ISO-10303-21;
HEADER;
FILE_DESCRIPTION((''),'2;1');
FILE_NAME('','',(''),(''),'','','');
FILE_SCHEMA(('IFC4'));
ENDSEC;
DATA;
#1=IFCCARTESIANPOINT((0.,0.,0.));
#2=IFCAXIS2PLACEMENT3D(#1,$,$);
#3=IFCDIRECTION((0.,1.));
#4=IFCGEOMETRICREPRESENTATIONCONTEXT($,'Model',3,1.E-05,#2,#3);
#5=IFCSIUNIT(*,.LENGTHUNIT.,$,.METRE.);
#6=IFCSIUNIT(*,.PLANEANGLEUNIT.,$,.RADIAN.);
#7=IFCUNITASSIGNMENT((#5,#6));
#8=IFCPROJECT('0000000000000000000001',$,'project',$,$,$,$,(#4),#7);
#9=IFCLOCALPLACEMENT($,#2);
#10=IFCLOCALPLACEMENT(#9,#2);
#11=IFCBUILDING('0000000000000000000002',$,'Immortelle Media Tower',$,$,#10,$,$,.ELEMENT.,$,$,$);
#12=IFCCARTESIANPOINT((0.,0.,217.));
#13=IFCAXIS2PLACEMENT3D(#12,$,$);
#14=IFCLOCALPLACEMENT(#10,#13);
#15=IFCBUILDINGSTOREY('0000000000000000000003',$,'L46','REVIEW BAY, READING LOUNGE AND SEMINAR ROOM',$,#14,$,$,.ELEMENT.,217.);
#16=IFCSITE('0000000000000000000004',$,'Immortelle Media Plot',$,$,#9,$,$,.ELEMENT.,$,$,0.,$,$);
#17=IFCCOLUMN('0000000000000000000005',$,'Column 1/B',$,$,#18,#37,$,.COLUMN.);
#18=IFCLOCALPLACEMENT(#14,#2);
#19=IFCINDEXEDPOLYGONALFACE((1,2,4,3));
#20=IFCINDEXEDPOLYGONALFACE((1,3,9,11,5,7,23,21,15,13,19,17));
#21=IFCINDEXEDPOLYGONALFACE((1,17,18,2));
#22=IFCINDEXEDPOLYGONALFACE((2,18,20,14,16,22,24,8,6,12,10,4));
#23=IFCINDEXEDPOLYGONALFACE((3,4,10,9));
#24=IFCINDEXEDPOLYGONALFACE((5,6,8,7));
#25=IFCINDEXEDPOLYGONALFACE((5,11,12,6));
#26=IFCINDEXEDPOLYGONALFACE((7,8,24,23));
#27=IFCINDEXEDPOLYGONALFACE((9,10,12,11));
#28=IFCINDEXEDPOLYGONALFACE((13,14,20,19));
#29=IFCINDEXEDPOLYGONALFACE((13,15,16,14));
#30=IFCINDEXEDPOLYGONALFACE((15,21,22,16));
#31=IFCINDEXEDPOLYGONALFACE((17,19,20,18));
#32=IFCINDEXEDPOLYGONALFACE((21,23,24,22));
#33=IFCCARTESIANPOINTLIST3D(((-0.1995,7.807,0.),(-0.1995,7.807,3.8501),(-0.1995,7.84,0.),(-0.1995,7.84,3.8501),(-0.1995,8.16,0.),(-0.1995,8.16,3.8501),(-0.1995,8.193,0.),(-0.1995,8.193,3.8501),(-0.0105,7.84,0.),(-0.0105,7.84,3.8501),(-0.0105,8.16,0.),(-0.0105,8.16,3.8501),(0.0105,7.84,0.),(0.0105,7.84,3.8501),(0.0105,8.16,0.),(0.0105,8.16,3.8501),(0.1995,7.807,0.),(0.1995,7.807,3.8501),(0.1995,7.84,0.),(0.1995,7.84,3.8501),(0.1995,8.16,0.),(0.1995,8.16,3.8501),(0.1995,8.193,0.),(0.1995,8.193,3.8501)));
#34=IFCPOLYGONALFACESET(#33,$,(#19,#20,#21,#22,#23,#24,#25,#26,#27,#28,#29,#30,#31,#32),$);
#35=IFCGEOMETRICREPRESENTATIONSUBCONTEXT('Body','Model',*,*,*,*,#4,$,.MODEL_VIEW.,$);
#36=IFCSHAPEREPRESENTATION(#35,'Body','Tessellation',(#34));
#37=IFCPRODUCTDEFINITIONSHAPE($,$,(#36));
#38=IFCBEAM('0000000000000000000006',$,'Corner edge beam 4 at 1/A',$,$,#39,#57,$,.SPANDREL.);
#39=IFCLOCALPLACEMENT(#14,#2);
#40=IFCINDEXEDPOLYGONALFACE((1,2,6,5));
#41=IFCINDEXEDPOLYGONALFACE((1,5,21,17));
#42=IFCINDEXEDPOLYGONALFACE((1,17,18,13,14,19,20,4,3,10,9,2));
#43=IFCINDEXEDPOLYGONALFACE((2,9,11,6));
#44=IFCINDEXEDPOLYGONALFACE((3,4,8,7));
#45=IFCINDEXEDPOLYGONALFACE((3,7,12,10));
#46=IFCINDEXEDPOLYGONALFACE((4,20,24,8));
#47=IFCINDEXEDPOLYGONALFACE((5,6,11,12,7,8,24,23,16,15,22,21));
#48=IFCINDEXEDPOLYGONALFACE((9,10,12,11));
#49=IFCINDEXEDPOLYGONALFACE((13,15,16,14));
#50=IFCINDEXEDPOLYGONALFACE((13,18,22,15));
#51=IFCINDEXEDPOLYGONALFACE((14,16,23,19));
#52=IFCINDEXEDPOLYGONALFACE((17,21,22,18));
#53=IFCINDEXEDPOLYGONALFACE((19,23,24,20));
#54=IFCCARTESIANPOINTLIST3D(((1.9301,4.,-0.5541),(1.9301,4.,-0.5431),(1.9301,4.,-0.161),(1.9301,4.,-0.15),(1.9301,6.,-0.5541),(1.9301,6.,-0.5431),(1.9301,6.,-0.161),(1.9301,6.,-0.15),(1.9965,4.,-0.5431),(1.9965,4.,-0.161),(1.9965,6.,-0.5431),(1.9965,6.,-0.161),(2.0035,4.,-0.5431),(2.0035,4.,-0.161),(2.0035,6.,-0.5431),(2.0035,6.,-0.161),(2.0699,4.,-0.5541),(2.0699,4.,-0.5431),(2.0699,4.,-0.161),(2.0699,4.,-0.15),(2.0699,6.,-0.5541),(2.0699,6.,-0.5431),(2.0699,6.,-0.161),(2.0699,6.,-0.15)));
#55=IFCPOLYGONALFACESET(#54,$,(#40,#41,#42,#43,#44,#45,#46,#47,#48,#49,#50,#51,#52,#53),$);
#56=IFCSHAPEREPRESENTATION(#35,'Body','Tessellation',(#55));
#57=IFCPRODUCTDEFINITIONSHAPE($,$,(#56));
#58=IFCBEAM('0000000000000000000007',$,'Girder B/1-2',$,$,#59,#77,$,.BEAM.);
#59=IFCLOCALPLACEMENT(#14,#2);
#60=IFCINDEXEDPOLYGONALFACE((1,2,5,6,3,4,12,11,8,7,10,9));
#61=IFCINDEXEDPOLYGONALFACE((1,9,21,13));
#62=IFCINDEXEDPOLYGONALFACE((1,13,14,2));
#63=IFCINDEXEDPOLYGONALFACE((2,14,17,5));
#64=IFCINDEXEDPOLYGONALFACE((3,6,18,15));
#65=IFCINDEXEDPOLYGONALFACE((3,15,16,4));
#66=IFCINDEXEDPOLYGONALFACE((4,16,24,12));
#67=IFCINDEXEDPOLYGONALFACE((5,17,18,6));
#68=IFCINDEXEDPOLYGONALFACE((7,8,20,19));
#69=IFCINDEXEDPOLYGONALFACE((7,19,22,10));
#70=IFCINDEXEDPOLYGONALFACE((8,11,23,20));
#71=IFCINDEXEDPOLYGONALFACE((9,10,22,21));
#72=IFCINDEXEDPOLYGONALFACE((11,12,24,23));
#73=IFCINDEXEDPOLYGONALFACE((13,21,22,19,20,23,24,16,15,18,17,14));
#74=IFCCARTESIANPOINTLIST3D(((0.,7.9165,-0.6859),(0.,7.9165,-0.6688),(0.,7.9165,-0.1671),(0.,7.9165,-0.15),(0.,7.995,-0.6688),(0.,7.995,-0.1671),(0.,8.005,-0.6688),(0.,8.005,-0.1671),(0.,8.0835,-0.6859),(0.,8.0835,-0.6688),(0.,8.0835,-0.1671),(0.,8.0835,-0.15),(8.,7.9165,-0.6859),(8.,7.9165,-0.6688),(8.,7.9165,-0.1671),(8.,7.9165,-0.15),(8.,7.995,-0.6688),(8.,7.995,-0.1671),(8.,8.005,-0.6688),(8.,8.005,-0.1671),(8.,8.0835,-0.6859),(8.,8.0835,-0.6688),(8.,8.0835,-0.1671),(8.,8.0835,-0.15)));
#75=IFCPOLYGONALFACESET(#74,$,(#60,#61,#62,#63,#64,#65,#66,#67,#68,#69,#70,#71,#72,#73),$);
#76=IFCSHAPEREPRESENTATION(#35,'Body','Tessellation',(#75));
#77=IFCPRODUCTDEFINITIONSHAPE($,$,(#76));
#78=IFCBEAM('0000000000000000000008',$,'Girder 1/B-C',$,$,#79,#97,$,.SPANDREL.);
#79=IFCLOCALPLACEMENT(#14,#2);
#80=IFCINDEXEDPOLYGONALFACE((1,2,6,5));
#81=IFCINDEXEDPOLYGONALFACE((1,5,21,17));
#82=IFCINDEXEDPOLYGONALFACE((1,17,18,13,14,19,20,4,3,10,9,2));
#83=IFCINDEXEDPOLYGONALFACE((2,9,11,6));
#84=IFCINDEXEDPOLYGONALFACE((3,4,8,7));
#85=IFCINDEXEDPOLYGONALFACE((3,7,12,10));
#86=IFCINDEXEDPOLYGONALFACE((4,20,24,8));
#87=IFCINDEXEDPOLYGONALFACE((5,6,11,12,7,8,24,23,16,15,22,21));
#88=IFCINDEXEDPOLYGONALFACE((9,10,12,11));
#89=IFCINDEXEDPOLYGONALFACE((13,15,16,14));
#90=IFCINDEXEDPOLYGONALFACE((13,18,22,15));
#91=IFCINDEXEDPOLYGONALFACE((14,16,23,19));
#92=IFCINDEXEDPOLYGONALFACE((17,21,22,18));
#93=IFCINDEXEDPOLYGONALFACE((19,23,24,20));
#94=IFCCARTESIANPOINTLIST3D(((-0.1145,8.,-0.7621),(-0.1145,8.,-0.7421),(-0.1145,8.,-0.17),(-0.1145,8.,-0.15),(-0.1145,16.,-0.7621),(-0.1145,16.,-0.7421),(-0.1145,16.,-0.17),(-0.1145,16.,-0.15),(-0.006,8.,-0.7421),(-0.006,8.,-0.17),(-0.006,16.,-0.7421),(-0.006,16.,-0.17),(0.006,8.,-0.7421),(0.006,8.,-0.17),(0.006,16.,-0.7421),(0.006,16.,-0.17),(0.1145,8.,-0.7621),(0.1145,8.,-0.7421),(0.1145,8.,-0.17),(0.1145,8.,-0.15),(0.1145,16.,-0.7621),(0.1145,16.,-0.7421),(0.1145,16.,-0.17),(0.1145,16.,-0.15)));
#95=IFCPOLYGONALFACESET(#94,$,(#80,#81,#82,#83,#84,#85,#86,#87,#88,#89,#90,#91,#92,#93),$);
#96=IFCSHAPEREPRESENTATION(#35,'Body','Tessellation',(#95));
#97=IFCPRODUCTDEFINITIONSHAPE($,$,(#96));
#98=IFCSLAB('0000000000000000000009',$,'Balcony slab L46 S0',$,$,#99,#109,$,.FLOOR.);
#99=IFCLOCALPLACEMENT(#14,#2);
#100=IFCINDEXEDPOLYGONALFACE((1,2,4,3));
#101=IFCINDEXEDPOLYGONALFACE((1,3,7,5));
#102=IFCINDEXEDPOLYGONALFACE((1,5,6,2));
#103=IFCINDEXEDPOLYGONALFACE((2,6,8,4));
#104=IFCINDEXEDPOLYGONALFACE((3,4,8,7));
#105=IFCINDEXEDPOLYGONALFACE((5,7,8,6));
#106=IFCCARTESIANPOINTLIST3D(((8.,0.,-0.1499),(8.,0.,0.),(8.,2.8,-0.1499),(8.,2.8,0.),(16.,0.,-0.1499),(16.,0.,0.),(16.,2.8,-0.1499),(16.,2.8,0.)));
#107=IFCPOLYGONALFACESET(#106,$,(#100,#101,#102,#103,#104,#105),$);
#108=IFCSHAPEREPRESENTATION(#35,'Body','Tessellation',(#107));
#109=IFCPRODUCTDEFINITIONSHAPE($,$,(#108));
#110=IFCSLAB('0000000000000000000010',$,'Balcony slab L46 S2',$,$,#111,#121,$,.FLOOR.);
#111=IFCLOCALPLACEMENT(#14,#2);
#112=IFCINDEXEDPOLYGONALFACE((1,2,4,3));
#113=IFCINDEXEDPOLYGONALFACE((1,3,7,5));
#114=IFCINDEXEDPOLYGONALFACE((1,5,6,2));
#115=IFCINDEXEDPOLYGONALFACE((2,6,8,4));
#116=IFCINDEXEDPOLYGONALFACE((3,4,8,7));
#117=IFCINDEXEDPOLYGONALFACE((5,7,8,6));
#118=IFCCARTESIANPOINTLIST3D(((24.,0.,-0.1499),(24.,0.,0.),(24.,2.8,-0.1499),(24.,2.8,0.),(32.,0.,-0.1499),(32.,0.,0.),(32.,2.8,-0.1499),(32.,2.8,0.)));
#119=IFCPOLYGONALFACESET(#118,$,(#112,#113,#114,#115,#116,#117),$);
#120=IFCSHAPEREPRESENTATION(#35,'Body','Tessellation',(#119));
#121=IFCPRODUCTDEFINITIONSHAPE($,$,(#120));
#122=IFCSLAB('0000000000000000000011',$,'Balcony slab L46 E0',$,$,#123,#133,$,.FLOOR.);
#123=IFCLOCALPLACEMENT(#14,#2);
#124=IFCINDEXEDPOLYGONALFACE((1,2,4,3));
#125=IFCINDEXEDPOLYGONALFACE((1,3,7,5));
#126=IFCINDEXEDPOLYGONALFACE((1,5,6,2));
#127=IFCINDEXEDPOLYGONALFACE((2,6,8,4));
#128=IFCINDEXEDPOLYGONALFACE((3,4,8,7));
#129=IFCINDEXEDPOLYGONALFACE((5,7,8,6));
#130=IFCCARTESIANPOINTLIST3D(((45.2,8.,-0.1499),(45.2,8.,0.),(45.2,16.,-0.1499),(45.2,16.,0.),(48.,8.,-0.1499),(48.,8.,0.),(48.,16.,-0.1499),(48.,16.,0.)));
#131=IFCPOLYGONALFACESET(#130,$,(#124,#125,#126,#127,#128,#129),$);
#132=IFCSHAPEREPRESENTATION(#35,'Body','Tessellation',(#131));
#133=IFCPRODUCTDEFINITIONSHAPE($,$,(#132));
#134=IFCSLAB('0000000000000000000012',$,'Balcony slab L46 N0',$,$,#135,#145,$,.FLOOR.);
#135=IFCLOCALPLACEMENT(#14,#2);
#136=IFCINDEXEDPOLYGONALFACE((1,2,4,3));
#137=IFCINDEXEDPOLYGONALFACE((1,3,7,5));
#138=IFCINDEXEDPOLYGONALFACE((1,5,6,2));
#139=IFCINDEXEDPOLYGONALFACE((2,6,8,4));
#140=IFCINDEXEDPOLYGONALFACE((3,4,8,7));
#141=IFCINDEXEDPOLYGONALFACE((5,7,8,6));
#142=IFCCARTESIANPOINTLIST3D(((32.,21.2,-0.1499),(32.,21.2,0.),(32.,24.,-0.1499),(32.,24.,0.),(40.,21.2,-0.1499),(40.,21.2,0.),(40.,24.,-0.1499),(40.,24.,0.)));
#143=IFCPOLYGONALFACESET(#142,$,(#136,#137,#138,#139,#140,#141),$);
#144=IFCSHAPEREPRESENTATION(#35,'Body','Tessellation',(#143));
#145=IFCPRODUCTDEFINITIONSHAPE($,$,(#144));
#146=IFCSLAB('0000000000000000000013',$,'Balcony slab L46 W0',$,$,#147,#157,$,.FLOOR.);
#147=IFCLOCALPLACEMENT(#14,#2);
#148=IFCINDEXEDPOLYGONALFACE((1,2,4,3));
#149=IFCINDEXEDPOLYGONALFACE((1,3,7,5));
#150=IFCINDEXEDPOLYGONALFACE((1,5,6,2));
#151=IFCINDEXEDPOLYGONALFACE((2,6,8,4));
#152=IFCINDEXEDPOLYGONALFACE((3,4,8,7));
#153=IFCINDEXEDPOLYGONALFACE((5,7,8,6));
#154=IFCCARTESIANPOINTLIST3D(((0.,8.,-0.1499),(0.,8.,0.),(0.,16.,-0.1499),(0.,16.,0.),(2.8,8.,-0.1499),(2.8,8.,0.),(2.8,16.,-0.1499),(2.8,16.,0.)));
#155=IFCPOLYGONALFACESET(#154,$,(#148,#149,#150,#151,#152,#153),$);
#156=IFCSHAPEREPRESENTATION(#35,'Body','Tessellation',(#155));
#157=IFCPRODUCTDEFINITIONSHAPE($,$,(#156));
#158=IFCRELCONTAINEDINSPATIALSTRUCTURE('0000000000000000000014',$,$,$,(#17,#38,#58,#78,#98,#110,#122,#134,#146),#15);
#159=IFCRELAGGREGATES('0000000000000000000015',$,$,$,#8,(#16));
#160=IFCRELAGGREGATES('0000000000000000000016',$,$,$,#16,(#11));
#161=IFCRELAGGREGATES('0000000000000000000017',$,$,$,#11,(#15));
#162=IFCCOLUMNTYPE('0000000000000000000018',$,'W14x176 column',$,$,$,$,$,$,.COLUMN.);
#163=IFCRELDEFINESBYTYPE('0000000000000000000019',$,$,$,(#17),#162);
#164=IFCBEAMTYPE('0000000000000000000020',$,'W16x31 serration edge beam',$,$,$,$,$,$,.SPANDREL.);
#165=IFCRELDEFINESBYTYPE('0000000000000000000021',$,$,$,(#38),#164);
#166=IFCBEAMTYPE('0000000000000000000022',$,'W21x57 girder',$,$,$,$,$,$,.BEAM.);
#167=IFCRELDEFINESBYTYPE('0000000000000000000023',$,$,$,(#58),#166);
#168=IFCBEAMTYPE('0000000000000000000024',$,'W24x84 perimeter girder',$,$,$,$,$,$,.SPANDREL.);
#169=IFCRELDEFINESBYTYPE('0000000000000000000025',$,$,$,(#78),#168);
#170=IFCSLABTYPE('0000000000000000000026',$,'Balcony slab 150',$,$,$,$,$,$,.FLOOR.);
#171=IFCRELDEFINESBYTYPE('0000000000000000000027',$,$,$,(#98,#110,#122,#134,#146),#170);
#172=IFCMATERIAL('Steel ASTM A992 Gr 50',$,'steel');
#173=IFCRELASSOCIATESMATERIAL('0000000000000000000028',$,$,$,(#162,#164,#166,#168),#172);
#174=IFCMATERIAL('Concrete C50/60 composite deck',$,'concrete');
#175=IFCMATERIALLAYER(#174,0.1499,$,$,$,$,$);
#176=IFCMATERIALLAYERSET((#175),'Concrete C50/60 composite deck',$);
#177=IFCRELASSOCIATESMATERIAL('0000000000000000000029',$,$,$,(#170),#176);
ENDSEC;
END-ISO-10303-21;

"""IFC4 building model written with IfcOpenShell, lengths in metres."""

from ifc_helpers import new_model, si_unit, direction, frame, origin, origin_2d, place, context, subcontext, project, spatial, polyline, i_section, outline, extrude, material, layer, layer_set, material_profile, profile_set, type_object, element, save


model = new_model("IFC4")

# Units and contexts
model_context = context("Model", 3, precision=1e-05, world=origin(), true_north=direction((0.0, 1.0)))
body_context = subcontext(model_context, "Body", "Model", "MODEL_VIEW")
ifc_project = project(units=[si_unit("LENGTHUNIT", "METRE"), si_unit("PLANEANGLEUNIT", "RADIAN")], contexts=[model_context])

# Site, building, storey
site_placement = place(None, origin())
site = spatial("IfcSite", under=ifc_project, at=site_placement, Name="Immortelle Media Plot", CompositionType="ELEMENT", RefElevation=0.0)
building_placement = place(site_placement, origin())
building = spatial("IfcBuilding", under=site, at=building_placement, Name="Immortelle Media Tower", CompositionType="ELEMENT")
storey_placement = place(building_placement, frame((0.0, 0.0, 217.0)))
storey = spatial("IfcBuildingStorey", under=building, at=storey_placement, Name="L46", Description="REVIEW BAY, READING LOUNGE AND SEMINAR ROOM", CompositionType="ELEMENT", Elevation=217.0)

# Column
ifc_material_1 = material(Name="Steel ASTM A992 Gr 50", Category="steel")
ifc_material_profile_1 = material_profile(ifc_material_1, i_section(OverallWidth=0.3989, OverallDepth=0.386, WebThickness=0.021, FlangeThickness=0.033, at=origin_2d()), Name="W14x176")
ifc_profile_set_1 = profile_set([ifc_material_profile_1], Name="Steel ASTM A992 Gr 50")
column_type = type_object("IfcColumnType", Name="W14x176 column", PredefinedType="COLUMN", material=ifc_profile_set_1)
column_placement = place(storey_placement, frame((0.0, 8.0, 0.0), z_axis=(0.0, 0.0, 1.0), x_axis=(1.0, 0.0, 0.0)))
element("IfcColumn", 1, at=column_placement, inside=storey, type_object=column_type, Name="Column 1/B", PredefinedType="COLUMN", context=body_context, shape_type="SweptSolid", body=[
    extrude(i_section(OverallWidth=0.3989, OverallDepth=0.386, WebThickness=0.021, FlangeThickness=0.033, at=origin_2d()), origin(), (0.0, 0.0, 1.0), 3.8501),
])

# Beams
ifc_material_profile_2 = material_profile(ifc_material_1, i_section(OverallWidth=0.1399, OverallDepth=0.4041, WebThickness=0.0071, FlangeThickness=0.011, at=origin_2d()), Name="W16x31")
ifc_profile_set_2 = profile_set([ifc_material_profile_2], Name="Steel ASTM A992 Gr 50")
beam_type_1 = type_object("IfcBeamType", Name="W16x31 serration edge beam", PredefinedType="SPANDREL", material=ifc_profile_set_2)
beam_1_placement = place(storey_placement, frame((2.0, 4.0, -0.3521), z_axis=(0.0, 1.0, 0.0), x_axis=(-1.0, 0.0, 0.0)))
element("IfcBeam", 2, at=beam_1_placement, inside=storey, type_object=beam_type_1, Name="Corner edge beam 4 at 1/A", PredefinedType="SPANDREL", context=body_context, shape_type="SweptSolid", body=[
    extrude(i_section(OverallWidth=0.1399, OverallDepth=0.4041, WebThickness=0.0071, FlangeThickness=0.011, at=origin_2d()), origin(), (0.0, 0.0, 1.0), 2.0),
])
ifc_material_profile_3 = material_profile(ifc_material_1, i_section(OverallWidth=0.167, OverallDepth=0.5359, WebThickness=0.01, FlangeThickness=0.0171, at=origin_2d()), Name="W21x57")
ifc_profile_set_3 = profile_set([ifc_material_profile_3], Name="Steel ASTM A992 Gr 50")
beam_type_2 = type_object("IfcBeamType", Name="W21x57 girder", PredefinedType="BEAM", material=ifc_profile_set_3)
beam_2_placement = place(storey_placement, frame((0.0, 8.0, -0.418), z_axis=(1.0, 0.0, 0.0), x_axis=(0.0, 1.0, 0.0)))
element("IfcBeam", 3, at=beam_2_placement, inside=storey, type_object=beam_type_2, Name="Girder B/1-2", PredefinedType="BEAM", context=body_context, shape_type="SweptSolid", body=[
    extrude(i_section(OverallWidth=0.167, OverallDepth=0.5359, WebThickness=0.01, FlangeThickness=0.0171, at=origin_2d()), origin(), (0.0, 0.0, 1.0), 8.0),
])
ifc_material_profile_4 = material_profile(ifc_material_1, i_section(OverallWidth=0.229, OverallDepth=0.6121, WebThickness=0.012, FlangeThickness=0.02, at=origin_2d()), Name="W24x84")
ifc_profile_set_4 = profile_set([ifc_material_profile_4], Name="Steel ASTM A992 Gr 50")
beam_type_3 = type_object("IfcBeamType", Name="W24x84 perimeter girder", PredefinedType="SPANDREL", material=ifc_profile_set_4)
beam_3_placement = place(storey_placement, frame((0.0, 8.0, -0.4561), z_axis=(0.0, 1.0, 0.0), x_axis=(-1.0, 0.0, 0.0)))
element("IfcBeam", 4, at=beam_3_placement, inside=storey, type_object=beam_type_3, Name="Girder 1/B-C", PredefinedType="SPANDREL", context=body_context, shape_type="SweptSolid", body=[
    extrude(i_section(OverallWidth=0.229, OverallDepth=0.6121, WebThickness=0.012, FlangeThickness=0.02, at=origin_2d()), origin(), (0.0, 0.0, 1.0), 8.0),
])

# Slabs
ifc_material_2 = material(Name="Concrete C50/60 composite deck", Category="concrete")
ifc_layer_1 = layer(ifc_material_2, 0.1499)
ifc_layer_set_1 = layer_set([ifc_layer_1], Name="Concrete C50/60 composite deck")
slab_type_1 = type_object("IfcSlabType", Name="Balcony slab 150", PredefinedType="FLOOR", material=ifc_layer_set_1)
slab_1_placement = place(storey_placement, frame((0.0, 0.0, -0.1499)))
element("IfcSlab", 5, at=slab_1_placement, inside=storey, type_object=slab_type_1, Name="Balcony slab L46 S0", PredefinedType="FLOOR", context=body_context, shape_type="SweptSolid", body=[
    extrude(outline(polyline([(16.0, 0.0), (16.0, 2.8), (8.0, 2.8), (8.0, 0.0), (16.0, 0.0)])), origin(), (0.0, 0.0, 1.0), 0.1499),
])
slab_2_placement = place(storey_placement, frame((0.0, 0.0, -0.1499)))
element("IfcSlab", 6, at=slab_2_placement, inside=storey, type_object=slab_type_1, Name="Balcony slab L46 S2", PredefinedType="FLOOR", context=body_context, shape_type="SweptSolid", body=[
    extrude(outline(polyline([(32.0, 0.0), (32.0, 2.8), (24.0, 2.8), (24.0, 0.0), (32.0, 0.0)])), origin(), (0.0, 0.0, 1.0), 0.1499),
])
slab_3_placement = place(storey_placement, frame((0.0, 0.0, -0.1499)))
element("IfcSlab", 7, at=slab_3_placement, inside=storey, type_object=slab_type_1, Name="Balcony slab L46 E0", PredefinedType="FLOOR", context=body_context, shape_type="SweptSolid", body=[
    extrude(outline(polyline([(48.0, 8.0), (48.0, 16.0), (45.2, 16.0), (45.2, 8.0), (48.0, 8.0)])), origin(), (0.0, 0.0, 1.0), 0.1499),
])
slab_4_placement = place(storey_placement, frame((0.0, 0.0, -0.1499)))
element("IfcSlab", 8, at=slab_4_placement, inside=storey, type_object=slab_type_1, Name="Balcony slab L46 N0", PredefinedType="FLOOR", context=body_context, shape_type="SweptSolid", body=[
    extrude(outline(polyline([(40.0, 21.2), (40.0, 24.0), (32.0, 24.0), (32.0, 21.2), (40.0, 21.2)])), origin(), (0.0, 0.0, 1.0), 0.1499),
])
slab_5_placement = place(storey_placement, frame((0.0, 0.0, -0.1499)))
element("IfcSlab", 9, at=slab_5_placement, inside=storey, type_object=slab_type_1, Name="Balcony slab L46 W0", PredefinedType="FLOOR", context=body_context, shape_type="SweptSolid", body=[
    extrude(outline(polyline([(2.8, 8.0), (2.8, 16.0), (0.0, 16.0), (0.0, 8.0), (2.8, 8.0)])), origin(), (0.0, 0.0, 1.0), 0.1499),
])

save(model, "model.ifc")
